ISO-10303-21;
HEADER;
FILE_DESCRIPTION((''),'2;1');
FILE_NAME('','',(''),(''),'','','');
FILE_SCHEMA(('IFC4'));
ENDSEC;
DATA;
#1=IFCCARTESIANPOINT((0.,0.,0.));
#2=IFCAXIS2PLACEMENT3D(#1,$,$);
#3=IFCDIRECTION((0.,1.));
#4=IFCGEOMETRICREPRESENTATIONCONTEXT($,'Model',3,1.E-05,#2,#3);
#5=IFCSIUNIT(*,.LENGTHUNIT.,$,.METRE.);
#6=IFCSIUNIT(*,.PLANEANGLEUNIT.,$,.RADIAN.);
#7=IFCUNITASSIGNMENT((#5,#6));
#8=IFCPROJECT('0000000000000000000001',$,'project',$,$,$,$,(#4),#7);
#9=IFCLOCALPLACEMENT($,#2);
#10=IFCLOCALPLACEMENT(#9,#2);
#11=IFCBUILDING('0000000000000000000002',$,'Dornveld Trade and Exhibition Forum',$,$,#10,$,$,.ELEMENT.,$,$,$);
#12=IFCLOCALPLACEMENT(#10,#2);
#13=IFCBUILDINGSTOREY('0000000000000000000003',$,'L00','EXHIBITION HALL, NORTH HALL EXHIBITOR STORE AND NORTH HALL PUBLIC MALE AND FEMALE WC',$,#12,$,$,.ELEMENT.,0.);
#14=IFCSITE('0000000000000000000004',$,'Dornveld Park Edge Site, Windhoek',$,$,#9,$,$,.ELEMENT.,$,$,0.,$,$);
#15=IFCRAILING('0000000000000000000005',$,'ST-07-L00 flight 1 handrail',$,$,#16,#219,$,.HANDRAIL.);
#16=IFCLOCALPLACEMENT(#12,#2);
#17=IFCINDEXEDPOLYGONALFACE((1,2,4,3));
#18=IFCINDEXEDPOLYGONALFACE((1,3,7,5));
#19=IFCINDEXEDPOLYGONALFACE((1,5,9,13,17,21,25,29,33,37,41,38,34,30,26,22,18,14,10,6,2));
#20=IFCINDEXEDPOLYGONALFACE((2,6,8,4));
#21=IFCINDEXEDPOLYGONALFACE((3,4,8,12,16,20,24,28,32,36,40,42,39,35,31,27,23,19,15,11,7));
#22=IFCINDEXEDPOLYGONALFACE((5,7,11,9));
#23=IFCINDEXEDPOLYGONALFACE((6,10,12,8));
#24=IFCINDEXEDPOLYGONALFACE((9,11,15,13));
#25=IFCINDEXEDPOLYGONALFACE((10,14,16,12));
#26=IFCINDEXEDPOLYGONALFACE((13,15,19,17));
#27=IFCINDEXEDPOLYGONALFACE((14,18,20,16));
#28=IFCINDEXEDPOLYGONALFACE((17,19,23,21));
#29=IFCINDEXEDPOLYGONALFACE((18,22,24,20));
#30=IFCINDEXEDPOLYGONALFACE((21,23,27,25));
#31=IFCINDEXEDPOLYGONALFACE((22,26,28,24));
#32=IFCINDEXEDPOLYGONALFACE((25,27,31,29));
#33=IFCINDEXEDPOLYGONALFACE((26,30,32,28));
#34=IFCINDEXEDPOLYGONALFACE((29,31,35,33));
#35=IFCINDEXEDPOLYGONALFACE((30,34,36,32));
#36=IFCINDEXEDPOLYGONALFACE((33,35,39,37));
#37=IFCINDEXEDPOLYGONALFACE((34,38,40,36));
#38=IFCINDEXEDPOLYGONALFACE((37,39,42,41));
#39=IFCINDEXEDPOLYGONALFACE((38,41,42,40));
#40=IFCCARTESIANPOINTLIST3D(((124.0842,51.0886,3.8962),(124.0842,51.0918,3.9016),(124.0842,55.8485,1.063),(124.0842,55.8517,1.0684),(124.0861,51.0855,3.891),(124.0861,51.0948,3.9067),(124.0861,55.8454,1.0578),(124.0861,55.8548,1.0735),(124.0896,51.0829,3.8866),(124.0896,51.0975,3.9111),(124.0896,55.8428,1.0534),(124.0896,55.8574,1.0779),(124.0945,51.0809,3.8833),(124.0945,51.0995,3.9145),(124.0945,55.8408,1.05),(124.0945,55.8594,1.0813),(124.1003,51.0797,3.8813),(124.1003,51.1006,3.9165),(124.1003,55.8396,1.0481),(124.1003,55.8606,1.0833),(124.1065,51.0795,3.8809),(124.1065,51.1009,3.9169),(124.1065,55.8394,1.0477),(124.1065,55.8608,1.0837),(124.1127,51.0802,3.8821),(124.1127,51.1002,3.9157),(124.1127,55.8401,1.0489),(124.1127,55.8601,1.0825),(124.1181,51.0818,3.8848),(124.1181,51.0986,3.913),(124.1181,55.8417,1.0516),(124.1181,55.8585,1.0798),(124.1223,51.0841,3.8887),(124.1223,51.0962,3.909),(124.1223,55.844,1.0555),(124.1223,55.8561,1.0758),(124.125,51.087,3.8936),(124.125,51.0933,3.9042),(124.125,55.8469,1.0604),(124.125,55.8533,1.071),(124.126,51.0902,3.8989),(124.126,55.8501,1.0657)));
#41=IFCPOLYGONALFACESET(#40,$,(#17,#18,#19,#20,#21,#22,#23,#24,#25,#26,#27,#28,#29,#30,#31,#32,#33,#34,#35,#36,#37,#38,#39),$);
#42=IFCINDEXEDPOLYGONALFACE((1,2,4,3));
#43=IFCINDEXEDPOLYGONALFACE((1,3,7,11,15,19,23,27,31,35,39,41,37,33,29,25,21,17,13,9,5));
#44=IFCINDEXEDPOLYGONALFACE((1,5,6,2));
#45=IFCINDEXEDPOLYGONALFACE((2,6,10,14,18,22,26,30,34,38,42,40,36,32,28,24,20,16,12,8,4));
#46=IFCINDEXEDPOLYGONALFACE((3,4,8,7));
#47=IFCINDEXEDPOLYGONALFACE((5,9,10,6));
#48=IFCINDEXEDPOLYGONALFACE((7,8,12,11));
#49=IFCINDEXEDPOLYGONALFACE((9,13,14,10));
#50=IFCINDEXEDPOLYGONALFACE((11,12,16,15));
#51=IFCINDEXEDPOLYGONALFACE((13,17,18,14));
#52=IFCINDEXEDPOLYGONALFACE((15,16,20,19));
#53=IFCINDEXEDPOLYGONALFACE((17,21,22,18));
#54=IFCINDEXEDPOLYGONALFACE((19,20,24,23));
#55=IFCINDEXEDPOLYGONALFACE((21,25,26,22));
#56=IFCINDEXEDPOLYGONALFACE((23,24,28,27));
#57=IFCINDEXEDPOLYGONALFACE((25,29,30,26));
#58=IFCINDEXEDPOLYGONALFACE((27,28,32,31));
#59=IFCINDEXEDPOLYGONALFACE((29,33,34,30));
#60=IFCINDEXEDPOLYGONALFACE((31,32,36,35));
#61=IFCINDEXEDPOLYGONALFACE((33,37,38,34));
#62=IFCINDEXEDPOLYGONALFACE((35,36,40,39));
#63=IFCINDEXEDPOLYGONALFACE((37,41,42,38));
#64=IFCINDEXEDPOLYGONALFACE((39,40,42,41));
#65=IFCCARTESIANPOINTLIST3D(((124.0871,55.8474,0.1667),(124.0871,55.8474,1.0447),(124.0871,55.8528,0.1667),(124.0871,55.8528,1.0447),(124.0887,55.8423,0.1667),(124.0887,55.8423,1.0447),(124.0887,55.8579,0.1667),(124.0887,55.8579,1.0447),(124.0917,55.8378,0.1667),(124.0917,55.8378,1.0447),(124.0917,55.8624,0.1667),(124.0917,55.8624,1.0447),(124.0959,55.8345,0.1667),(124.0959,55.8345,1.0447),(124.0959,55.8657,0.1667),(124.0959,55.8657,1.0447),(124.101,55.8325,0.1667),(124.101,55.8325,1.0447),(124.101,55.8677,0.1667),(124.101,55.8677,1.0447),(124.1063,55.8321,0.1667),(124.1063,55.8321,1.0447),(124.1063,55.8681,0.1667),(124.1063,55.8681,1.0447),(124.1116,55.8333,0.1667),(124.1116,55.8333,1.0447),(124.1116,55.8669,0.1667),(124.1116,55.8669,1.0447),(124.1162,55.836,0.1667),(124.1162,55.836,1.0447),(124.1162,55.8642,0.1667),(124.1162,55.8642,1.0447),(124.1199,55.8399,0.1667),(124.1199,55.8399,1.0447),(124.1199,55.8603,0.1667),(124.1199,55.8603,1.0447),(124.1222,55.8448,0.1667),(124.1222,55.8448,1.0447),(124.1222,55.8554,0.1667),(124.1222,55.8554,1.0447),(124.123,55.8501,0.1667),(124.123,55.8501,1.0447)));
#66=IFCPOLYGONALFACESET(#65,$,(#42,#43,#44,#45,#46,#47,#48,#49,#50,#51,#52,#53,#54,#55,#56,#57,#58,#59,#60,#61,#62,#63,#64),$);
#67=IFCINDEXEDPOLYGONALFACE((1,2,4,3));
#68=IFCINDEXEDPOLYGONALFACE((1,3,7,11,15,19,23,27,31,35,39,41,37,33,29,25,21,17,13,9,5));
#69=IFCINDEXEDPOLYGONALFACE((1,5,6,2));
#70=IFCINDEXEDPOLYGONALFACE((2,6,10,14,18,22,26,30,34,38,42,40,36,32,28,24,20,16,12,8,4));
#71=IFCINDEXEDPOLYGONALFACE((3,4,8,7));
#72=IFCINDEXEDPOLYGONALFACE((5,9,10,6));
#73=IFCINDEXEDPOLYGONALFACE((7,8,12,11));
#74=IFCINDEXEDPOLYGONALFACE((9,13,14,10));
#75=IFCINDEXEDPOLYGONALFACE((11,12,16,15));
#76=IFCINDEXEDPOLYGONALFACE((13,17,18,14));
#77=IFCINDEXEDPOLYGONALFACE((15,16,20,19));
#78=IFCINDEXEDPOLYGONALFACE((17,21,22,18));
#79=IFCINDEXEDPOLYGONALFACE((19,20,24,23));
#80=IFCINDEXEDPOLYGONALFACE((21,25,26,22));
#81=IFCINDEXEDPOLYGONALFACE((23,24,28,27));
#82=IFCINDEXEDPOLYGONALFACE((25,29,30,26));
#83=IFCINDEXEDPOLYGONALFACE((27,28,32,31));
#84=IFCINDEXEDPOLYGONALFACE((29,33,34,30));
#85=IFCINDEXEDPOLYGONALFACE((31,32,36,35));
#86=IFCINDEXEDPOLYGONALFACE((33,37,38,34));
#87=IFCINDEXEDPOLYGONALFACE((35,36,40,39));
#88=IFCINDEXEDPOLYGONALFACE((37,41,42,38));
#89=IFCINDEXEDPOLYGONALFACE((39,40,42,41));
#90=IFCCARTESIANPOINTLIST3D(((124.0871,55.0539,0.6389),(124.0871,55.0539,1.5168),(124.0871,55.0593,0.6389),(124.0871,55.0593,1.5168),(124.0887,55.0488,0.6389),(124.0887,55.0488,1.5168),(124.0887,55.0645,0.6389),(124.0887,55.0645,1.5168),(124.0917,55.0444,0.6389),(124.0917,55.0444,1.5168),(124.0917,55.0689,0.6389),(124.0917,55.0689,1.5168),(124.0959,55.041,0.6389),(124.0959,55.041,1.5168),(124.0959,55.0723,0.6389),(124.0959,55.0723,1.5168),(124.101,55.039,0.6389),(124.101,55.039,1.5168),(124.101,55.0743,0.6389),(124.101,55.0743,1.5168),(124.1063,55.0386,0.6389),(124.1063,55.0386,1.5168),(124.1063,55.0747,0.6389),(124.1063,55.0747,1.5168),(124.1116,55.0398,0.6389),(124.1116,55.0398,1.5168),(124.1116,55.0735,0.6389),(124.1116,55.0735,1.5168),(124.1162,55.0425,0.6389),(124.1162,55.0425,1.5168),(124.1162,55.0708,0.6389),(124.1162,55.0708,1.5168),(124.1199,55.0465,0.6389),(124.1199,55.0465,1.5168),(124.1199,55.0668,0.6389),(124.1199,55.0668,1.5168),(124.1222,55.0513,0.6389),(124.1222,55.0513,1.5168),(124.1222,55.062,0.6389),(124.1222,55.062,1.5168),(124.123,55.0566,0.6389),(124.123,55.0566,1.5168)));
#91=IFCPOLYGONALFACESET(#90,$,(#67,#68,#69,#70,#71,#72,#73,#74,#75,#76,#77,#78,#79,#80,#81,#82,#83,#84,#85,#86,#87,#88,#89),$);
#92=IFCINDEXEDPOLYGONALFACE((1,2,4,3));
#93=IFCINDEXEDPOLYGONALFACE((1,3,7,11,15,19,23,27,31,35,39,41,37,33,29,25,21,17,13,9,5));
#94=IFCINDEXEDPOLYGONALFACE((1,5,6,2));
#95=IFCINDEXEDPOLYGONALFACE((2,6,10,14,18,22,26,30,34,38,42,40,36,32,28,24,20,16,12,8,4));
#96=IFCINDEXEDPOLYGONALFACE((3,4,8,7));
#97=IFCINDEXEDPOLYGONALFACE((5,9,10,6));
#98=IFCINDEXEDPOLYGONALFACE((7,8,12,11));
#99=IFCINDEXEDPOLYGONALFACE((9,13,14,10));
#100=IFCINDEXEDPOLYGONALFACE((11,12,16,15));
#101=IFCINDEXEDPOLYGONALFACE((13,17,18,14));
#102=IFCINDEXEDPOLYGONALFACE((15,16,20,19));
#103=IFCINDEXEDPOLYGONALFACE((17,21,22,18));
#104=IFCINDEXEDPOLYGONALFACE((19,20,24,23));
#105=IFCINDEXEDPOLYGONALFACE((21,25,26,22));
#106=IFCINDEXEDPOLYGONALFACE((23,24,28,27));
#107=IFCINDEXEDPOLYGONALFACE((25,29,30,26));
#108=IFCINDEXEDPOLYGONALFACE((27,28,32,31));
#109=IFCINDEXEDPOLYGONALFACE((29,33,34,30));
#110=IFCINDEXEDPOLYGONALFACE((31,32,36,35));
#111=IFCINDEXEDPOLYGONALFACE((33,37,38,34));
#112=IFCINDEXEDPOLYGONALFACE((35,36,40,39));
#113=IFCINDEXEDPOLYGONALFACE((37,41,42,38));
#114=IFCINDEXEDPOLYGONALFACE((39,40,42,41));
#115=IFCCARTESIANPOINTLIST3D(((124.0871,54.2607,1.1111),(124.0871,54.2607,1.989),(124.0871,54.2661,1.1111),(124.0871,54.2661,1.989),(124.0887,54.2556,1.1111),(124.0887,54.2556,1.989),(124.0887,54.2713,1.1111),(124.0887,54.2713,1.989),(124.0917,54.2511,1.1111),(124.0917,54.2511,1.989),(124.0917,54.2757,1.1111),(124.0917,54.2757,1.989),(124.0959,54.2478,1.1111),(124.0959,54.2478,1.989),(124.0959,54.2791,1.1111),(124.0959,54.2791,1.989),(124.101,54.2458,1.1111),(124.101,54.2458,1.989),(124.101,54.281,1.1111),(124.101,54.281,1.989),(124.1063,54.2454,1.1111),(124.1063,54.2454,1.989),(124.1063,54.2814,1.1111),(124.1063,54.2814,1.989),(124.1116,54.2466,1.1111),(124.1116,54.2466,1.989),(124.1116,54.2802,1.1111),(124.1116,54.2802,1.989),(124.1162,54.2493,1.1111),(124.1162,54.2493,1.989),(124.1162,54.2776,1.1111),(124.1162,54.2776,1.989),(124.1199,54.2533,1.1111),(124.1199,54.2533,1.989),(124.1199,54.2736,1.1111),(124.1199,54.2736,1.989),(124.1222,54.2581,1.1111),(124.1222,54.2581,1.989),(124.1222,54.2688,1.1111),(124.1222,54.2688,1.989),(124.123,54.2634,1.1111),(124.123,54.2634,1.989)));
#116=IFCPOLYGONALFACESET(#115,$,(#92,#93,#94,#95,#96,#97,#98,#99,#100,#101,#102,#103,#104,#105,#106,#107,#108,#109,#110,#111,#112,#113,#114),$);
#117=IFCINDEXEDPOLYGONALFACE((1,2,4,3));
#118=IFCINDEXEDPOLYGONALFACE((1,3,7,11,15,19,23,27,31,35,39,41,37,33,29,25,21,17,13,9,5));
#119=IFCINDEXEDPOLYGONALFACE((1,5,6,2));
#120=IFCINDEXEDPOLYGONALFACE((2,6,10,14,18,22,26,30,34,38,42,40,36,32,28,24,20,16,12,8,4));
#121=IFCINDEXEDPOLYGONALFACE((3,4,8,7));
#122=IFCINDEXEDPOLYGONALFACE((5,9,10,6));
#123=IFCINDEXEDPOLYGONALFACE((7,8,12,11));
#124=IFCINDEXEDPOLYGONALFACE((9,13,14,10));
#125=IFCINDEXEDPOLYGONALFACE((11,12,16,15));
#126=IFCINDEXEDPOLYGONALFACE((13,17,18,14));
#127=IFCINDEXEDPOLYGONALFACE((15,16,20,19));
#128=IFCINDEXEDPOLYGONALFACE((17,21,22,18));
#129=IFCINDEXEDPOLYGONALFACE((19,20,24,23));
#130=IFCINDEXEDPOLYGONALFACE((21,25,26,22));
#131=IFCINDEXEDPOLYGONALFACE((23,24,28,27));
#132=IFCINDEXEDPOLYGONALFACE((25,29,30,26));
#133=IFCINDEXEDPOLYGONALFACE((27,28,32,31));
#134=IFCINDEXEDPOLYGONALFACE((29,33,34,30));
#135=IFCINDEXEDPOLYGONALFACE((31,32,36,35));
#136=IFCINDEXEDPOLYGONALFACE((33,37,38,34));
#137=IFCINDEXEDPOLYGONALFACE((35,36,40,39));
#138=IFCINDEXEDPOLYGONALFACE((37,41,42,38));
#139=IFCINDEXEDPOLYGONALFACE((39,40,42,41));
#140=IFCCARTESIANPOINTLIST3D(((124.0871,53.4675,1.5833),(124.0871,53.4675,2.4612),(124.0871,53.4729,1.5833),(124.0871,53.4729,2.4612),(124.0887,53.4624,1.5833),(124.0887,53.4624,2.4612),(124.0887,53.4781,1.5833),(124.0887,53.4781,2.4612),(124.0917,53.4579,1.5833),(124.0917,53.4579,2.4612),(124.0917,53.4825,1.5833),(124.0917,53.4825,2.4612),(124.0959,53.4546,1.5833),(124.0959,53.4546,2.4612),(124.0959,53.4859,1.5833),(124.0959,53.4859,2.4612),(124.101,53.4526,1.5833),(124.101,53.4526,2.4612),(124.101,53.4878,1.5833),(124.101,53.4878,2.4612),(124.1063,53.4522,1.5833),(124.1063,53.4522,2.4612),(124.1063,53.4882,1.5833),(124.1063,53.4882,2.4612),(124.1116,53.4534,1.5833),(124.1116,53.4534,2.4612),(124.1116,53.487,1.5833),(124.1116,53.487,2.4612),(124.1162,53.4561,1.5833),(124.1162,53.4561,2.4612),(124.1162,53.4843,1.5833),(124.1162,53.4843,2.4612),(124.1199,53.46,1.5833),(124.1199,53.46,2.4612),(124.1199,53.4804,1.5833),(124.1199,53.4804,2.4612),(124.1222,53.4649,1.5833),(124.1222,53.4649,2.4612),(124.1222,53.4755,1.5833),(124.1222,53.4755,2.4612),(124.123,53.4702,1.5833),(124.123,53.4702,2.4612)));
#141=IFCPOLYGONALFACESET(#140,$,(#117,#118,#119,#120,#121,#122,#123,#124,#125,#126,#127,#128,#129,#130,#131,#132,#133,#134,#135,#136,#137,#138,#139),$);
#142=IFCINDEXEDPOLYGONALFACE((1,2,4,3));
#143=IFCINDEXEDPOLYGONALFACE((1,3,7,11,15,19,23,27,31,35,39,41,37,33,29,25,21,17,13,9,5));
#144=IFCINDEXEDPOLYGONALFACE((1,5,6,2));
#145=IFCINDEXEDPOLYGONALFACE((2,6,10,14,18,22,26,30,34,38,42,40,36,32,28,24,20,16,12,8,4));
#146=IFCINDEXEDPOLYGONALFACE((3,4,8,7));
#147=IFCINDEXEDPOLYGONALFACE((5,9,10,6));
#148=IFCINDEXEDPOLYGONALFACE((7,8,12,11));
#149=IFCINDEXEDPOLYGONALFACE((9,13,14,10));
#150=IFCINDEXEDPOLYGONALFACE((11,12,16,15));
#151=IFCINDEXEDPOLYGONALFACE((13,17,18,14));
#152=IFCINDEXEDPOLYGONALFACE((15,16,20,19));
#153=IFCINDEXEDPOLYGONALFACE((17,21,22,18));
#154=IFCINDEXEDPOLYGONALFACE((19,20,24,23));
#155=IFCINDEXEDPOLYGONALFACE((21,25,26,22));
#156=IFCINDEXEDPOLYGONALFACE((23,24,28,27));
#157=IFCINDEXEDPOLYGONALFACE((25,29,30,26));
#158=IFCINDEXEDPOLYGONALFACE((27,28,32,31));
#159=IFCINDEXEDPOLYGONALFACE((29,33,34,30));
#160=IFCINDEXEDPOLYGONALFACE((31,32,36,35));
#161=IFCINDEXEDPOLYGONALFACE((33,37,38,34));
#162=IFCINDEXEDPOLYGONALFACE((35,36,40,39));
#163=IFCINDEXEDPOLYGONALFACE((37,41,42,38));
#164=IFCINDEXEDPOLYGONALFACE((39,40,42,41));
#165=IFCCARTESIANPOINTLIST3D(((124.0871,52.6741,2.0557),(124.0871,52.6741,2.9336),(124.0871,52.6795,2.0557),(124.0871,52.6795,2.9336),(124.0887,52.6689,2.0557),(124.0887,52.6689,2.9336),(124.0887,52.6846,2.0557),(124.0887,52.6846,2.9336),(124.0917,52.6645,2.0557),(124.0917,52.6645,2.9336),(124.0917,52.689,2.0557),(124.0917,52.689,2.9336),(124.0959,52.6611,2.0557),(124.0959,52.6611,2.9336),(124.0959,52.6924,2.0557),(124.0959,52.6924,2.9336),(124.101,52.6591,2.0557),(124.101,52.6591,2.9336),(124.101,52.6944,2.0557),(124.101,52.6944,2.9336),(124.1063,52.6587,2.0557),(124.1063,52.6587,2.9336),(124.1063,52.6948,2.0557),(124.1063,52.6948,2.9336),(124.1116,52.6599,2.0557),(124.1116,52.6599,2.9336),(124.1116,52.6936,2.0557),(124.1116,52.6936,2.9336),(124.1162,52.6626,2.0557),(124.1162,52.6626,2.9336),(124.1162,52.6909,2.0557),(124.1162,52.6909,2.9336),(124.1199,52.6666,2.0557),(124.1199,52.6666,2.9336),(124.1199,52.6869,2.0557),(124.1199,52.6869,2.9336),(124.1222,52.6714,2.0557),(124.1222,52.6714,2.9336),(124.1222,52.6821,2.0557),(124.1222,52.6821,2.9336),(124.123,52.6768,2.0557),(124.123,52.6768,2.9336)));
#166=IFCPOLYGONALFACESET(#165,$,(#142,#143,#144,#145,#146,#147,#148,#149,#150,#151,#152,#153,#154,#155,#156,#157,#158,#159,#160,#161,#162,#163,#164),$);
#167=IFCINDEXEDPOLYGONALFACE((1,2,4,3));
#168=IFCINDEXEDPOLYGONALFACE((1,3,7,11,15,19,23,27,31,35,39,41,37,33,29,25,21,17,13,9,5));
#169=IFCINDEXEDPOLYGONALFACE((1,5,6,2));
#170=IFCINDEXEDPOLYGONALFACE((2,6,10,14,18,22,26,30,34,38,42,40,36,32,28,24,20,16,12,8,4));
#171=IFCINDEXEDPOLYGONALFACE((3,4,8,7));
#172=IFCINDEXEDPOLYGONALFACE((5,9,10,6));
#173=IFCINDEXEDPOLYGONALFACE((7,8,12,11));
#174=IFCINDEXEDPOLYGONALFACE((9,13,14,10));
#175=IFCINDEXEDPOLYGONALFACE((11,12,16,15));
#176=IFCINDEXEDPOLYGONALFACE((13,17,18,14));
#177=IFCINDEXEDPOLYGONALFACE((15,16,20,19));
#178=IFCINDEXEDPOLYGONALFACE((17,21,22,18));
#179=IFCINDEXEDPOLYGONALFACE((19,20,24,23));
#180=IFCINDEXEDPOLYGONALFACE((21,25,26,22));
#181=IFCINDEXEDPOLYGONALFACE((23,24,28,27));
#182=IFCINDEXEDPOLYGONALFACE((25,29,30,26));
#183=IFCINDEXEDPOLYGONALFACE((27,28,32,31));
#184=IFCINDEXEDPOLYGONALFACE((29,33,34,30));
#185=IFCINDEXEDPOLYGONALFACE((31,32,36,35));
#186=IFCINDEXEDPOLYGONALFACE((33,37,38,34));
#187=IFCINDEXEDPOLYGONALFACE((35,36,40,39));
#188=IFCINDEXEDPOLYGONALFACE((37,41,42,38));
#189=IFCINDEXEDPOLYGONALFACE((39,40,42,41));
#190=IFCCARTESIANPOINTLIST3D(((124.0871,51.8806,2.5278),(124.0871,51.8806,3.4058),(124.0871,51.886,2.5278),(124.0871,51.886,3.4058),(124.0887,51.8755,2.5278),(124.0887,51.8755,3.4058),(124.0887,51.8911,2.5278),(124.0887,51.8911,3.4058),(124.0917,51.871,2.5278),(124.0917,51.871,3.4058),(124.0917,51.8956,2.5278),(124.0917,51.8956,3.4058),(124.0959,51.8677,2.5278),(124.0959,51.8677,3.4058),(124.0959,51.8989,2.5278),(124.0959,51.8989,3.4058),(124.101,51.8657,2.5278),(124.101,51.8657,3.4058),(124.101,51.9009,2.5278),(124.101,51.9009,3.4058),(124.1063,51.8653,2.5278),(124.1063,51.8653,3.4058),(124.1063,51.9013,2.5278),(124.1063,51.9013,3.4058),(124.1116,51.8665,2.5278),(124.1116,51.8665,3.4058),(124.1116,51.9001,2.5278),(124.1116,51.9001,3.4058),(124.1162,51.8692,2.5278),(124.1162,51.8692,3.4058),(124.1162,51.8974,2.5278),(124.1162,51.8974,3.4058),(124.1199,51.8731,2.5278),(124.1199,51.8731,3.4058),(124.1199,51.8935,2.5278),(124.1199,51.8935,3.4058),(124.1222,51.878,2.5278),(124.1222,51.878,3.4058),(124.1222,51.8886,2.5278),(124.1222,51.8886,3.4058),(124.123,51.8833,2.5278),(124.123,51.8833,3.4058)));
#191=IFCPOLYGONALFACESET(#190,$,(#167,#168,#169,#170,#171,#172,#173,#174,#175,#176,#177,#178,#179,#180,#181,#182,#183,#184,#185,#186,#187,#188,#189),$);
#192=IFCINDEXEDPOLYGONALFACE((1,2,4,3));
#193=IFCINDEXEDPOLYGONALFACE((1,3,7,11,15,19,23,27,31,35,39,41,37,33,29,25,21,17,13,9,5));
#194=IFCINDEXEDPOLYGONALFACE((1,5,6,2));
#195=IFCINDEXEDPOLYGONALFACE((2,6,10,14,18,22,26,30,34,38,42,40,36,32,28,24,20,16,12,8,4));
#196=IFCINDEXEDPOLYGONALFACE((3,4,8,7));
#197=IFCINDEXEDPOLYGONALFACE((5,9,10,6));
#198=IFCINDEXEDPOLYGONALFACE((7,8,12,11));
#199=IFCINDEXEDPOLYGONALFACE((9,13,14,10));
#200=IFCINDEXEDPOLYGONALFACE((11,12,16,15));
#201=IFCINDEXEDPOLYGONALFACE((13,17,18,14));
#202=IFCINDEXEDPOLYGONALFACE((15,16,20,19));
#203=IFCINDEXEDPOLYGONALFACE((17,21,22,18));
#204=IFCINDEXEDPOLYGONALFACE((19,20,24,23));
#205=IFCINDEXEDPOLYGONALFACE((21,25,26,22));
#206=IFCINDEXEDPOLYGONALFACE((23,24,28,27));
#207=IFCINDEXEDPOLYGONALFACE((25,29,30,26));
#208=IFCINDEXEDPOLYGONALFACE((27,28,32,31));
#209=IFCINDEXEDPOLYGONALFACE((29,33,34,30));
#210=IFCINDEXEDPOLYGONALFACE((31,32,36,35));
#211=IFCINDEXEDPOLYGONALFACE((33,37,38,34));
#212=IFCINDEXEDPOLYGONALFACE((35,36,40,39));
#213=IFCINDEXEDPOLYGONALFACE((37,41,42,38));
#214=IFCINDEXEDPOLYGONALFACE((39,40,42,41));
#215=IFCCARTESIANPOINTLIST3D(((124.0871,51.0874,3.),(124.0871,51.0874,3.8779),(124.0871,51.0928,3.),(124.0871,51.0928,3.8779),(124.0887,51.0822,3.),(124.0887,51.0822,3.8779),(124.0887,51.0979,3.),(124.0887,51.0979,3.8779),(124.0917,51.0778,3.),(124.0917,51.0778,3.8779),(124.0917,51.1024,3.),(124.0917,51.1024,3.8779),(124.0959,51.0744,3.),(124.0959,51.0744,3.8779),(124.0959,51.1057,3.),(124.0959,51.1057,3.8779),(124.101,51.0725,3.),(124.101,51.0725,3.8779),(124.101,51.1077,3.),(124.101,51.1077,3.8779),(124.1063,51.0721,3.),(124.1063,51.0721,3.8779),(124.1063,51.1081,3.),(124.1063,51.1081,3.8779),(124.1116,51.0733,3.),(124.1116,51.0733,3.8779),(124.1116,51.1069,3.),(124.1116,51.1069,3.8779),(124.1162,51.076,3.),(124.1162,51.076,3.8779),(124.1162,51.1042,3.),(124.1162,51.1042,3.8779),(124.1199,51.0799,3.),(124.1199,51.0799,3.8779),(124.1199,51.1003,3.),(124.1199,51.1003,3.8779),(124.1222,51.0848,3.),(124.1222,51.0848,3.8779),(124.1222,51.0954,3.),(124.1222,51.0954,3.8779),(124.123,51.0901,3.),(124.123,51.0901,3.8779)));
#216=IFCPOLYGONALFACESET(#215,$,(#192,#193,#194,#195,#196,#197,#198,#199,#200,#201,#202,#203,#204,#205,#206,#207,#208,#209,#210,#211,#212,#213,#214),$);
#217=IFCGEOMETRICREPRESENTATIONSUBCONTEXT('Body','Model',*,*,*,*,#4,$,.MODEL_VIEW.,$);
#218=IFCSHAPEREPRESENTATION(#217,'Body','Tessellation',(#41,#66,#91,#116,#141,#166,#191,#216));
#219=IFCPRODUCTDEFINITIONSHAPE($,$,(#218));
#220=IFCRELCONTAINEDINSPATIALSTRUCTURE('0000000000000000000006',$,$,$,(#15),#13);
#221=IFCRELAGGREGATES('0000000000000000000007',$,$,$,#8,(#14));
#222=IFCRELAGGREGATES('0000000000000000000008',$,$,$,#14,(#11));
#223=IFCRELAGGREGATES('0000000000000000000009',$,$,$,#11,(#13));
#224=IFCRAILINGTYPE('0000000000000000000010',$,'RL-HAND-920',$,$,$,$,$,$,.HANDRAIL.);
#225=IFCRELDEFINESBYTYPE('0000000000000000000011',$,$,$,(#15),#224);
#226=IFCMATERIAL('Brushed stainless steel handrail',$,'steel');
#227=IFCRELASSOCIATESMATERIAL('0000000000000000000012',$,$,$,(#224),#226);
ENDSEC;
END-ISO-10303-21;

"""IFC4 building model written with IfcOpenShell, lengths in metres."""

from ifc_helpers import new_model, si_unit, direction, frame, origin, origin_2d, place, context, subcontext, project, spatial, circle, extrude, material, type_object, element, save


model = new_model("IFC4")

# Units and contexts
model_context = context("Model", 3, precision=1e-05, world=origin(), true_north=direction((0.0, 1.0)))
body_context = subcontext(model_context, "Body", "Model", "MODEL_VIEW")
ifc_project = project(units=[si_unit("LENGTHUNIT", "METRE"), si_unit("PLANEANGLEUNIT", "RADIAN")], contexts=[model_context])

# Site, building, storey
site_placement = place(None, origin())
site = spatial("IfcSite", under=ifc_project, at=site_placement, Name="Dornveld Park Edge Site, Windhoek", CompositionType="ELEMENT", RefElevation=0.0)
building_placement = place(site_placement, origin())
building = spatial("IfcBuilding", under=site, at=building_placement, Name="Dornveld Trade and Exhibition Forum", CompositionType="ELEMENT")
storey_placement = place(building_placement, origin())
storey = spatial("IfcBuildingStorey", under=building, at=storey_placement, Name="L00", Description="EXHIBITION HALL, NORTH HALL EXHIBITOR STORE AND NORTH HALL PUBLIC MALE AND FEMALE WC", CompositionType="ELEMENT", Elevation=0.0)

# Railing
ifc_material_1 = material(Name="Brushed stainless steel handrail", Category="steel")
railing_type_1 = type_object("IfcRailingType", Name="RL-HAND-920", PredefinedType="HANDRAIL", material=ifc_material_1)
railing_1_placement = place(storey_placement, frame((124.105, 55.8501, 0.1667)))
element("IfcRailing", 1, at=railing_1_placement, inside=storey, type_object=railing_type_1, Name="ST-07-L00 flight 1 handrail", PredefinedType="HANDRAIL", context=body_context, shape_type="SweptSolid", body=[
    extrude(circle(Radius=0.021, at=origin_2d()), frame((0.0, 0.0, 0.8989), z_axis=(0.0, -0.8593, 0.511472), x_axis=(1.0, 0.0, 0.0)), (0.0, 0.0, 1.0), 5.5393),
    extrude(circle(Radius=0.0181, at=origin_2d()), origin(), (0.0, 0.0, 1.0), 0.8779),
    extrude(circle(Radius=0.0181, at=origin_2d()), frame((0.0, -0.7935, 0.4722)), (0.0, 0.0, 1.0), 0.8779),
    extrude(circle(Radius=0.0181, at=origin_2d()), frame((0.0, -1.5867, 0.9443)), (0.0, 0.0, 1.0), 0.8779),
    extrude(circle(Radius=0.0181, at=origin_2d()), frame((0.0, -2.3799, 1.4165)), (0.0, 0.0, 1.0), 0.8779),
    extrude(circle(Radius=0.0181, at=origin_2d()), frame((0.0, -3.1733, 1.8889)), (0.0, 0.0, 1.0), 0.8779),
    extrude(circle(Radius=0.0181, at=origin_2d()), frame((0.0, -3.9668, 2.3611)), (0.0, 0.0, 1.0), 0.8779),
    extrude(circle(Radius=0.0181, at=origin_2d()), frame((0.0, -4.76, 2.8333)), (0.0, 0.0, 1.0), 0.8779),
])

save(model, "model.ifc")
